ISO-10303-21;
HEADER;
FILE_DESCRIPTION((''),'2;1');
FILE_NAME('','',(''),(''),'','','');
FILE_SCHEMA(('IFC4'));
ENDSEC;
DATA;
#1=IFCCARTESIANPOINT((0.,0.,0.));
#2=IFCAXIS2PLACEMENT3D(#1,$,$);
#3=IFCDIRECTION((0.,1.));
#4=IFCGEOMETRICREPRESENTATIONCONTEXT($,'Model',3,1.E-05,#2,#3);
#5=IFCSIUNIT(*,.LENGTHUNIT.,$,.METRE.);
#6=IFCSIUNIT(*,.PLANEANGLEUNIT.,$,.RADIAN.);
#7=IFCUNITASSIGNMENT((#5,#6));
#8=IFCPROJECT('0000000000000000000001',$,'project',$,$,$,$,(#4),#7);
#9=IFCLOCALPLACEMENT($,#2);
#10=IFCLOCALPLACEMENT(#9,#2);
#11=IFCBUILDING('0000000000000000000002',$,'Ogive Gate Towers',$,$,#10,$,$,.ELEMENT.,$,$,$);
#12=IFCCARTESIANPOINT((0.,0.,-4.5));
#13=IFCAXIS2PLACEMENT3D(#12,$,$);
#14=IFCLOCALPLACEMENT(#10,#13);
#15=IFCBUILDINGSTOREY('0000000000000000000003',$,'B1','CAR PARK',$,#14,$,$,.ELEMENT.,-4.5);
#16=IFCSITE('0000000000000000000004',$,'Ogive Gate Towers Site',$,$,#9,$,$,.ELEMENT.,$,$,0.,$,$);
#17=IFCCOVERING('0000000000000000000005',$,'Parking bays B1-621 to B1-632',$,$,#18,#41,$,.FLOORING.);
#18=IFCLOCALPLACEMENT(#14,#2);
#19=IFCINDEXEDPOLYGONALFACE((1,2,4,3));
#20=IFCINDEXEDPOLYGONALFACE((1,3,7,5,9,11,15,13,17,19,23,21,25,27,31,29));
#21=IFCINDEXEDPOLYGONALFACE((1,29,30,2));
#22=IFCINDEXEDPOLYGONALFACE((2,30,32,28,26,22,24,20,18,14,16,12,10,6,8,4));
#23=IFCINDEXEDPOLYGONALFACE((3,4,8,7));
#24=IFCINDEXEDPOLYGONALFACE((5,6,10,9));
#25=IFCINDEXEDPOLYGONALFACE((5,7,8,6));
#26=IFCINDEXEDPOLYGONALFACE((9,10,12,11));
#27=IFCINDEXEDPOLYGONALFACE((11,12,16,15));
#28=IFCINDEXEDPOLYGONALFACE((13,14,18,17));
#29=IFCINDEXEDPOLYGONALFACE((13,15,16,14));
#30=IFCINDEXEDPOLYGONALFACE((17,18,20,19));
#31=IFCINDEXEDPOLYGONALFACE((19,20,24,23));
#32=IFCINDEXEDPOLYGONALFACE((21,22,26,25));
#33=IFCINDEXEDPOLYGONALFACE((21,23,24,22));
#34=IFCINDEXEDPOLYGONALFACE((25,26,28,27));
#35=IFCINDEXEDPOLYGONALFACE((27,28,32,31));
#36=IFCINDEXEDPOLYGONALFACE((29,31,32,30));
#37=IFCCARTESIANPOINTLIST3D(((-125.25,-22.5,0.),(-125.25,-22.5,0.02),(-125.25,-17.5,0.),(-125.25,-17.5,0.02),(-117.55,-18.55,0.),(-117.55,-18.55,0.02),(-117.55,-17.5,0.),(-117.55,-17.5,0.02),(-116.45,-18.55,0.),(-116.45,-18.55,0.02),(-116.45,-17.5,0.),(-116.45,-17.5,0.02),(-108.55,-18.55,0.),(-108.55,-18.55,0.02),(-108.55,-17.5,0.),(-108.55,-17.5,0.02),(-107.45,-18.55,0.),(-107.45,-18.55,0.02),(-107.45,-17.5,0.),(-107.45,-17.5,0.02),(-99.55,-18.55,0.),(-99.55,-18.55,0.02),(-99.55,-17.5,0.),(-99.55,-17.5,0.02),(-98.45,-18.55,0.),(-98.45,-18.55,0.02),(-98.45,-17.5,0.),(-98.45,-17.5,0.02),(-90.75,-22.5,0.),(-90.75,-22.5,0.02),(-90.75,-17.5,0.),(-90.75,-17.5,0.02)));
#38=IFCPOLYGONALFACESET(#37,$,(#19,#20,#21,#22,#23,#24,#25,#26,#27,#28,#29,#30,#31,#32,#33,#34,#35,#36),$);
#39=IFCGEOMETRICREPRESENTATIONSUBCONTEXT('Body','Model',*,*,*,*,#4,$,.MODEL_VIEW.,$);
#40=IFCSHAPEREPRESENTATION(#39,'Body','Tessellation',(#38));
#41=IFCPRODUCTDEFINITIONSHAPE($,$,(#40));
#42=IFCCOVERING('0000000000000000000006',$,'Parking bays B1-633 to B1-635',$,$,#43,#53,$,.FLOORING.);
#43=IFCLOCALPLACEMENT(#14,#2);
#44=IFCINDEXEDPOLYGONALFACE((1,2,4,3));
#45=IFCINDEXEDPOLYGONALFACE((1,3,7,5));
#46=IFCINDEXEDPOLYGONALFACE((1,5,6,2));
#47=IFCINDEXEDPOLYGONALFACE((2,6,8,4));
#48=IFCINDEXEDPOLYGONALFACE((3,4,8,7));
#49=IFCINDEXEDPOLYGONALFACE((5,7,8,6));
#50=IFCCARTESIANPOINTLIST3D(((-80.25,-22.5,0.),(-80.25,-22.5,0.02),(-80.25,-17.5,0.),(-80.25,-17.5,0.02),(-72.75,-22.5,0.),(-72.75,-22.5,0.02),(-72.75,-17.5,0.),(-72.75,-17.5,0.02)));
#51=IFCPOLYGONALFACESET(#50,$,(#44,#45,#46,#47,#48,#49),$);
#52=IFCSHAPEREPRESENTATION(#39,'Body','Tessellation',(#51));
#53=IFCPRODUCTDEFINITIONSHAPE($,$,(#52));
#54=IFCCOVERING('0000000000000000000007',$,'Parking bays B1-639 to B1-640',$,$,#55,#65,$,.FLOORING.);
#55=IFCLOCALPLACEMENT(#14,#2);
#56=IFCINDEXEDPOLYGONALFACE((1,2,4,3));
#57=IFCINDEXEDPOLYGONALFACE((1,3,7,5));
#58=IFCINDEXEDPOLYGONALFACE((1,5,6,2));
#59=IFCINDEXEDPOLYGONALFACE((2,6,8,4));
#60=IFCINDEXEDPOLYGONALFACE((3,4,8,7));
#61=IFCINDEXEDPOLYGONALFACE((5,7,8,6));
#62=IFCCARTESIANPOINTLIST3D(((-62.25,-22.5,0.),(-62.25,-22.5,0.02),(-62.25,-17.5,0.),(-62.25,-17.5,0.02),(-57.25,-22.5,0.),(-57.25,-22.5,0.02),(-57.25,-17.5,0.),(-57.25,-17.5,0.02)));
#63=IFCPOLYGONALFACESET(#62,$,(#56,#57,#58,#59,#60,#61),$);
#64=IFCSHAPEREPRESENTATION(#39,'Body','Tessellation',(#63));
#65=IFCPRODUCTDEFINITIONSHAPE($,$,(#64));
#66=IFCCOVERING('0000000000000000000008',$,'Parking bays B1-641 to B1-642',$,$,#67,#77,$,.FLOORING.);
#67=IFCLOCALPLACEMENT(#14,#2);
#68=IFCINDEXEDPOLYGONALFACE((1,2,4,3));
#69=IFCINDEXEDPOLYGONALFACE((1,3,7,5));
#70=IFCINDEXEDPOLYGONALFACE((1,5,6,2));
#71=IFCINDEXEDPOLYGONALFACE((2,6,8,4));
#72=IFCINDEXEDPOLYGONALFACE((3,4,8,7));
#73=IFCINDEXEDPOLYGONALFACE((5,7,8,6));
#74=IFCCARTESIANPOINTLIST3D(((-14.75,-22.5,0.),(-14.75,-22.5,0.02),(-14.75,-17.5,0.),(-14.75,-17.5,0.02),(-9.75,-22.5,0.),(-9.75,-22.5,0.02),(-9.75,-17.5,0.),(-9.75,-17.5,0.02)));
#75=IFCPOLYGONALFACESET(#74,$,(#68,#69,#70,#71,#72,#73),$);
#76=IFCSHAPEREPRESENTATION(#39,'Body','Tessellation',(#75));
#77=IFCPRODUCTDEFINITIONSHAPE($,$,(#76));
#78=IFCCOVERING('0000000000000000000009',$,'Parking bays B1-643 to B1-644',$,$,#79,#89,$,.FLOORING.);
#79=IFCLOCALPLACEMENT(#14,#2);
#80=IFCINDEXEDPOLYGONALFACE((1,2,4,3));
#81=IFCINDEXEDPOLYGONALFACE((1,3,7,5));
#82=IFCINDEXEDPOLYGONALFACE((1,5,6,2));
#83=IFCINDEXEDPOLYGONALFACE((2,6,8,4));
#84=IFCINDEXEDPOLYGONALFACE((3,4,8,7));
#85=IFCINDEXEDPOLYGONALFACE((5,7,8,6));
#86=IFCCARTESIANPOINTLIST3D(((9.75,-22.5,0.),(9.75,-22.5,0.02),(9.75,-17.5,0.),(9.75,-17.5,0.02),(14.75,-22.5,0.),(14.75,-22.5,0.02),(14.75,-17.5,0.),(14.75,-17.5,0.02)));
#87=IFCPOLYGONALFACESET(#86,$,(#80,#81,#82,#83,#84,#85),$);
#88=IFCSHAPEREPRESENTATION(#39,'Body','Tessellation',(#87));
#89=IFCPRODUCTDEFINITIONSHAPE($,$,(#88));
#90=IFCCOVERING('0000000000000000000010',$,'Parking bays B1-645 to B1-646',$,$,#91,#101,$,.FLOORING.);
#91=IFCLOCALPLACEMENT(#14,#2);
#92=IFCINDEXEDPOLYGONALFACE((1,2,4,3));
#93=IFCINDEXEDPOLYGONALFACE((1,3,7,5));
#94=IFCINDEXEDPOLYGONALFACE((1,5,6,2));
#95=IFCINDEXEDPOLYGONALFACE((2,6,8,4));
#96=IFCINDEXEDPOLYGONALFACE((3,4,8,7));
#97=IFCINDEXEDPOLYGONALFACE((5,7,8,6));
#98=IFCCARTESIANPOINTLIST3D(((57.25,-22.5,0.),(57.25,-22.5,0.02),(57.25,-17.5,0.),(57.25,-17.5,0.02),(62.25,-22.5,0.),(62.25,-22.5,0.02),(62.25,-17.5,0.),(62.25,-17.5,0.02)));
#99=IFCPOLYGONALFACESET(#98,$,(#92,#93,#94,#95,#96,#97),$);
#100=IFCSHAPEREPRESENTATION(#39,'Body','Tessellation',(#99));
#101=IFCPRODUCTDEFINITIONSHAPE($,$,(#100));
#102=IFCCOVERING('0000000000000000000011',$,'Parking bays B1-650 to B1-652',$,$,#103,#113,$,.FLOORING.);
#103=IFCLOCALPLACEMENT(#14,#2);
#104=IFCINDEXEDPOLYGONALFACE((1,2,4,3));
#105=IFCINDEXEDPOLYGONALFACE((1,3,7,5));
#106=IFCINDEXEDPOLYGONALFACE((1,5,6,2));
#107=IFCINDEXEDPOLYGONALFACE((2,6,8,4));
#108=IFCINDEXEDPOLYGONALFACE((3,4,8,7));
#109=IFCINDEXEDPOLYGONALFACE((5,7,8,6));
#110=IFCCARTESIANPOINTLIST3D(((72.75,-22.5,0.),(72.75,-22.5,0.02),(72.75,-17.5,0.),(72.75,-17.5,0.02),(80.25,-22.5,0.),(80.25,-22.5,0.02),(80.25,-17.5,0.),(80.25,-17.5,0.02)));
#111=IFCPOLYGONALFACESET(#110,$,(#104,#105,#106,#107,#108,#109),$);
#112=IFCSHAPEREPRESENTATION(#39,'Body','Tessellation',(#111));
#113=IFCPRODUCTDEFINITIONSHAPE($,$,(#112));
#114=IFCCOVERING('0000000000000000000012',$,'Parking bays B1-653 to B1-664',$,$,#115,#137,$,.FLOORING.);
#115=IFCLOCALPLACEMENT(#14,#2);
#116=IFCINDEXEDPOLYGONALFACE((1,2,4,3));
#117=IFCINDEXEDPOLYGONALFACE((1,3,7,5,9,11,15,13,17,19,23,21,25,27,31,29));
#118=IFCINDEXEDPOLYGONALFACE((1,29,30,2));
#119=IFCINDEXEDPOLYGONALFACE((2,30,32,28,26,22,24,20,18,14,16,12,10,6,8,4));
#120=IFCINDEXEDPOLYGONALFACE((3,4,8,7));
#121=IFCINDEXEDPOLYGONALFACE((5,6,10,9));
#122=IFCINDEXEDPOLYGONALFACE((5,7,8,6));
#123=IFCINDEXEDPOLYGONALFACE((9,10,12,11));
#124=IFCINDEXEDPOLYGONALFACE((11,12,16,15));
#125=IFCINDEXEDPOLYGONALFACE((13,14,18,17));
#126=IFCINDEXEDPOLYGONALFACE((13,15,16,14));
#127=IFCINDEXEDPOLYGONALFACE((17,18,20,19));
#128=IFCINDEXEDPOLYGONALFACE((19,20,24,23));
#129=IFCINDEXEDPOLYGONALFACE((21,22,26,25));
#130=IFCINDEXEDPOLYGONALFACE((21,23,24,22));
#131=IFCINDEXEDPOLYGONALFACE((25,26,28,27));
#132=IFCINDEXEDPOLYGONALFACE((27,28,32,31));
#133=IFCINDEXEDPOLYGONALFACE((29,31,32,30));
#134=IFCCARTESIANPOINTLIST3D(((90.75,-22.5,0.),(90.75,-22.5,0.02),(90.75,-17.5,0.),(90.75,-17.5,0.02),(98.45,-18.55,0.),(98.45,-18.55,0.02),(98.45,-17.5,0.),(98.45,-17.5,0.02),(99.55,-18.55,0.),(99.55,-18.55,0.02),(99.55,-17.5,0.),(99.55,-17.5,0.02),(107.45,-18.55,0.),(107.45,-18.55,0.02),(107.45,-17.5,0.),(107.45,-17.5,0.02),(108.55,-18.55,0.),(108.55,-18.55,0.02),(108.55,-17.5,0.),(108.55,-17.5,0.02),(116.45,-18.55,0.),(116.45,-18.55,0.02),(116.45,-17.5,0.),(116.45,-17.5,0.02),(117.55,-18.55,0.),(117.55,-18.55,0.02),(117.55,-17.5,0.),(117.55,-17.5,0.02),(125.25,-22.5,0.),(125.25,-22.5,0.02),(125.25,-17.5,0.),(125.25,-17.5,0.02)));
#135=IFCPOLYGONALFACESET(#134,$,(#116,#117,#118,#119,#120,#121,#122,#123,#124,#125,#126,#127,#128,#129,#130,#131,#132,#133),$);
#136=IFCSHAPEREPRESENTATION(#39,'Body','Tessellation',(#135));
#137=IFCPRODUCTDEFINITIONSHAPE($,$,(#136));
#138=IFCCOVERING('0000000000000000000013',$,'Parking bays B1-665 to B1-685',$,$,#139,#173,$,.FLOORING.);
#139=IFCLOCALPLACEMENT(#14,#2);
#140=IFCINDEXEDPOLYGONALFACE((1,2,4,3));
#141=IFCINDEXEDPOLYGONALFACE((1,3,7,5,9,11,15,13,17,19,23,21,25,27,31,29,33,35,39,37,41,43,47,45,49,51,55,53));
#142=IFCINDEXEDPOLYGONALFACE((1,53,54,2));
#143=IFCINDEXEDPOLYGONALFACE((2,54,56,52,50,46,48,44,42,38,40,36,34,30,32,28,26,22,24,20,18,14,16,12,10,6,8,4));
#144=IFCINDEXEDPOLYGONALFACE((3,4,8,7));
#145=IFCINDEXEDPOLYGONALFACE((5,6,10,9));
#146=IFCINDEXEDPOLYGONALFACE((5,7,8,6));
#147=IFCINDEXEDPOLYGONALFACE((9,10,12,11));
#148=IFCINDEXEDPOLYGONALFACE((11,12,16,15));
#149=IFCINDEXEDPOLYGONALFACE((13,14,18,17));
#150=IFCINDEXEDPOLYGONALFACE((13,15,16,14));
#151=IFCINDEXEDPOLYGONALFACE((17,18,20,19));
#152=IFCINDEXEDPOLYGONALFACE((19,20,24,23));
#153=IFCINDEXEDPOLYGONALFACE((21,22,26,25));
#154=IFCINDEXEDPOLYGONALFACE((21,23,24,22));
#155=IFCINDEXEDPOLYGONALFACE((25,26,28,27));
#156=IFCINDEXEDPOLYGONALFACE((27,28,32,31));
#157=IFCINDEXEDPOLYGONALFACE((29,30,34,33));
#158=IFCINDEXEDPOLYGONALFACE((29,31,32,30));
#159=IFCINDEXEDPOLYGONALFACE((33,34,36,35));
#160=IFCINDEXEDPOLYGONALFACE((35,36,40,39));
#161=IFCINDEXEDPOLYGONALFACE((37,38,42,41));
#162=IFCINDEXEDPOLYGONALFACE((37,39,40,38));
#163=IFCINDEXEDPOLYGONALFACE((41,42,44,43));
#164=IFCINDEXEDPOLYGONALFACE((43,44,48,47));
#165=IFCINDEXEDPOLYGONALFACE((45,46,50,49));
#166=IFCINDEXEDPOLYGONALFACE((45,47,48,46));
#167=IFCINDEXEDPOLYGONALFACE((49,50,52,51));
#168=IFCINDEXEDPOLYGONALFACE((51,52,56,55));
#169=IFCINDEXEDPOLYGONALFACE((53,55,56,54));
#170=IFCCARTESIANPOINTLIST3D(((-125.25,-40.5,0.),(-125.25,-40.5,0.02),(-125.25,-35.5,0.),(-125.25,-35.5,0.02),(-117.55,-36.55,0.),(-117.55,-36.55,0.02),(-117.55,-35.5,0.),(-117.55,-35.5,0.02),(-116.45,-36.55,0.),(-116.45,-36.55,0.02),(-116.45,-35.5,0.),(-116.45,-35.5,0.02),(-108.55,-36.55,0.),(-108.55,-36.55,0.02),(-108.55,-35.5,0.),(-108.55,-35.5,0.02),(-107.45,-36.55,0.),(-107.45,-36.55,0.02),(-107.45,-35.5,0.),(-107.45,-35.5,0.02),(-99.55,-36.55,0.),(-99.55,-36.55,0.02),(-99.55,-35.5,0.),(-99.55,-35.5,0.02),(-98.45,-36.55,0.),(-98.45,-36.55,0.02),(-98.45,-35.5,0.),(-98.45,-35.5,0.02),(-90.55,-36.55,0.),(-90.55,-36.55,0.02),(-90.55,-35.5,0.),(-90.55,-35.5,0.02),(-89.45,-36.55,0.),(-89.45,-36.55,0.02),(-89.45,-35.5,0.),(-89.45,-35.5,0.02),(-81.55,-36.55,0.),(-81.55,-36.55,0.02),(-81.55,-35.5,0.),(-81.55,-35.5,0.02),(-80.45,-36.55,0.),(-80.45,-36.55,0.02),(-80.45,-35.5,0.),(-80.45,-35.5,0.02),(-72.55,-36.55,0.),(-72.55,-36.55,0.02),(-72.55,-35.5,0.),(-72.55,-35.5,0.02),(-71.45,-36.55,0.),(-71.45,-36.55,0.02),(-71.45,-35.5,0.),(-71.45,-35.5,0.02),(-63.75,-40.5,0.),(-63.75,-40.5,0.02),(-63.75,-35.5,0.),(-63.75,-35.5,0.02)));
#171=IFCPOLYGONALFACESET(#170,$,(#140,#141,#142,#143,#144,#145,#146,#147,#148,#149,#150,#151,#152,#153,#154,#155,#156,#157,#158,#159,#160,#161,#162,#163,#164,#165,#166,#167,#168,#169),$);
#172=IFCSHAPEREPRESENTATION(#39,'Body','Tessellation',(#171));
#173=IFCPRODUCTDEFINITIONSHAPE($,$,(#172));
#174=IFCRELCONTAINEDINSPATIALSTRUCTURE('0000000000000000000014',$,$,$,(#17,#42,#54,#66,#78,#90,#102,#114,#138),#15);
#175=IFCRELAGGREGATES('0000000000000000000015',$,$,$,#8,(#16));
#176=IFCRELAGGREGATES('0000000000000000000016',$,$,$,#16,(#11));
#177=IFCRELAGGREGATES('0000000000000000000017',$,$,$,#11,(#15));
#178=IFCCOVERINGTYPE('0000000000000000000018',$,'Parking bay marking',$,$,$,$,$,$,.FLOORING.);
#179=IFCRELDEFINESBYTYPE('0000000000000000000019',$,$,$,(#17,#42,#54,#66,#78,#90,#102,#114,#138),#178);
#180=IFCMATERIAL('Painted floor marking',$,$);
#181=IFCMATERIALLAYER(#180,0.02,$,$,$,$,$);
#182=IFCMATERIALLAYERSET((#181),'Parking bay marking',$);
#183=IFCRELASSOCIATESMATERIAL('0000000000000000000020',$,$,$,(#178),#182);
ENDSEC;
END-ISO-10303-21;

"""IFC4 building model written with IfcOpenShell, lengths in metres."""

from ifc_helpers import new_model, si_unit, direction, frame, origin, place, context, subcontext, project, spatial, polyline, outline, extrude, material, layer, layer_set, type_object, element, save


model = new_model("IFC4")

# Units and contexts
model_context = context("Model", 3, precision=1e-05, world=origin(), true_north=direction((0.0, 1.0)))
body_context = subcontext(model_context, "Body", "Model", "MODEL_VIEW")
ifc_project = project(units=[si_unit("LENGTHUNIT", "METRE"), si_unit("PLANEANGLEUNIT", "RADIAN")], contexts=[model_context])

# Site, building, storey
site_placement = place(None, origin())
site = spatial("IfcSite", under=ifc_project, at=site_placement, Name="Ogive Gate Towers Site", CompositionType="ELEMENT", RefElevation=0.0)
building_placement = place(site_placement, origin())
building = spatial("IfcBuilding", under=site, at=building_placement, Name="Ogive Gate Towers", CompositionType="ELEMENT")
storey_placement = place(building_placement, frame((0.0, 0.0, -4.5)))
storey = spatial("IfcBuildingStorey", under=building, at=storey_placement, Name="B1", Description="CAR PARK", CompositionType="ELEMENT", Elevation=-4.5)

# Coverings
ifc_material_1 = material(Name="Painted floor marking")
ifc_layer_1 = layer(ifc_material_1, 0.02)
ifc_layer_set_1 = layer_set([ifc_layer_1], Name="Parking bay marking")
covering_type_1 = type_object("IfcCoveringType", Name="Parking bay marking", PredefinedType="FLOORING", material=ifc_layer_set_1)
covering_1_placement = place(storey_placement, origin())
element("IfcCovering", 1, at=covering_1_placement, inside=storey, type_object=covering_type_1, Name="Parking bays B1-621 to B1-632", PredefinedType="FLOORING", context=body_context, shape_type="SweptSolid", body=[
    extrude(outline(polyline([(-125.25, -17.5), (-117.55, -17.5), (-117.55, -18.55), (-116.45, -18.55), (-116.45, -17.5), (-108.55, -17.5), (-108.55, -18.55), (-107.45, -18.55), (-107.45, -17.5), (-99.55, -17.5), (-99.55, -18.55), (-98.45, -18.55), (-98.45, -17.5), (-90.75, -17.5), (-90.75, -22.5), (-125.25, -22.5), (-125.25, -17.5)])), origin(), (0.0, 0.0, 1.0), 0.02),
])
covering_2_placement = place(storey_placement, origin())
element("IfcCovering", 2, at=covering_2_placement, inside=storey, type_object=covering_type_1, Name="Parking bays B1-633 to B1-635", PredefinedType="FLOORING", context=body_context, shape_type="SweptSolid", body=[
    extrude(outline(polyline([(-80.25, -17.5), (-72.75, -17.5), (-72.75, -22.5), (-80.25, -22.5), (-80.25, -17.5)])), origin(), (0.0, 0.0, 1.0), 0.02),
])
covering_3_placement = place(storey_placement, origin())
element("IfcCovering", 3, at=covering_3_placement, inside=storey, type_object=covering_type_1, Name="Parking bays B1-639 to B1-640", PredefinedType="FLOORING", context=body_context, shape_type="SweptSolid", body=[
    extrude(outline(polyline([(-62.25, -17.5), (-57.25, -17.5), (-57.25, -22.5), (-62.25, -22.5), (-62.25, -17.5)])), origin(), (0.0, 0.0, 1.0), 0.02),
])
covering_4_placement = place(storey_placement, origin())
element("IfcCovering", 4, at=covering_4_placement, inside=storey, type_object=covering_type_1, Name="Parking bays B1-641 to B1-642", PredefinedType="FLOORING", context=body_context, shape_type="SweptSolid", body=[
    extrude(outline(polyline([(-14.75, -17.5), (-9.75, -17.5), (-9.75, -22.5), (-14.75, -22.5), (-14.75, -17.5)])), origin(), (0.0, 0.0, 1.0), 0.02),
])
covering_5_placement = place(storey_placement, origin())
element("IfcCovering", 5, at=covering_5_placement, inside=storey, type_object=covering_type_1, Name="Parking bays B1-643 to B1-644", PredefinedType="FLOORING", context=body_context, shape_type="SweptSolid", body=[
    extrude(outline(polyline([(9.75, -22.5), (9.75, -17.5), (14.75, -17.5), (14.75, -22.5), (9.75, -22.5)])), origin(), (0.0, 0.0, 1.0), 0.02),
])
covering_6_placement = place(storey_placement, origin())
element("IfcCovering", 6, at=covering_6_placement, inside=storey, type_object=covering_type_1, Name="Parking bays B1-645 to B1-646", PredefinedType="FLOORING", context=body_context, shape_type="SweptSolid", body=[
    extrude(outline(polyline([(62.25, -17.5), (62.25, -22.5), (57.25, -22.5), (57.25, -17.5), (62.25, -17.5)])), origin(), (0.0, 0.0, 1.0), 0.02),
])
covering_7_placement = place(storey_placement, origin())
element("IfcCovering", 7, at=covering_7_placement, inside=storey, type_object=covering_type_1, Name="Parking bays B1-650 to B1-652", PredefinedType="FLOORING", context=body_context, shape_type="SweptSolid", body=[
    extrude(outline(polyline([(72.75, -17.5), (80.25, -17.5), (80.25, -22.5), (72.75, -22.5), (72.75, -17.5)])), origin(), (0.0, 0.0, 1.0), 0.02),
])
covering_8_placement = place(storey_placement, origin())
element("IfcCovering", 8, at=covering_8_placement, inside=storey, type_object=covering_type_1, Name="Parking bays B1-653 to B1-664", PredefinedType="FLOORING", context=body_context, shape_type="SweptSolid", body=[
    extrude(outline(polyline([(90.75, -17.5), (98.45, -17.5), (98.45, -18.55), (99.55, -18.55), (99.55, -17.5), (107.45, -17.5), (107.45, -18.55), (108.55, -18.55), (108.55, -17.5), (116.45, -17.5), (116.45, -18.55), (117.55, -18.55), (117.55, -17.5), (125.25, -17.5), (125.25, -22.5), (90.75, -22.5), (90.75, -17.5)])), origin(), (0.0, 0.0, 1.0), 0.02),
])
covering_9_placement = place(storey_placement, origin())
element("IfcCovering", 9, at=covering_9_placement, inside=storey, type_object=covering_type_1, Name="Parking bays B1-665 to B1-685", PredefinedType="FLOORING", context=body_context, shape_type="SweptSolid", body=[
    extrude(outline(polyline([(-125.25, -35.5), (-117.55, -35.5), (-117.55, -36.55), (-116.45, -36.55), (-116.45, -35.5), (-108.55, -35.5), (-108.55, -36.55), (-107.45, -36.55), (-107.45, -35.5), (-99.55, -35.5), (-99.55, -36.55), (-98.45, -36.55), (-98.45, -35.5), (-90.55, -35.5), (-90.55, -36.55), (-89.45, -36.55), (-89.45, -35.5), (-81.55, -35.5), (-81.55, -36.55), (-80.45, -36.55), (-80.45, -35.5), (-72.55, -35.5), (-72.55, -36.55), (-71.45, -36.55), (-71.45, -35.5), (-63.75, -35.5), (-63.75, -40.5), (-125.25, -40.5), (-125.25, -35.5)])), origin(), (0.0, 0.0, 1.0), 0.02),
])

save(model, "model.ifc")
